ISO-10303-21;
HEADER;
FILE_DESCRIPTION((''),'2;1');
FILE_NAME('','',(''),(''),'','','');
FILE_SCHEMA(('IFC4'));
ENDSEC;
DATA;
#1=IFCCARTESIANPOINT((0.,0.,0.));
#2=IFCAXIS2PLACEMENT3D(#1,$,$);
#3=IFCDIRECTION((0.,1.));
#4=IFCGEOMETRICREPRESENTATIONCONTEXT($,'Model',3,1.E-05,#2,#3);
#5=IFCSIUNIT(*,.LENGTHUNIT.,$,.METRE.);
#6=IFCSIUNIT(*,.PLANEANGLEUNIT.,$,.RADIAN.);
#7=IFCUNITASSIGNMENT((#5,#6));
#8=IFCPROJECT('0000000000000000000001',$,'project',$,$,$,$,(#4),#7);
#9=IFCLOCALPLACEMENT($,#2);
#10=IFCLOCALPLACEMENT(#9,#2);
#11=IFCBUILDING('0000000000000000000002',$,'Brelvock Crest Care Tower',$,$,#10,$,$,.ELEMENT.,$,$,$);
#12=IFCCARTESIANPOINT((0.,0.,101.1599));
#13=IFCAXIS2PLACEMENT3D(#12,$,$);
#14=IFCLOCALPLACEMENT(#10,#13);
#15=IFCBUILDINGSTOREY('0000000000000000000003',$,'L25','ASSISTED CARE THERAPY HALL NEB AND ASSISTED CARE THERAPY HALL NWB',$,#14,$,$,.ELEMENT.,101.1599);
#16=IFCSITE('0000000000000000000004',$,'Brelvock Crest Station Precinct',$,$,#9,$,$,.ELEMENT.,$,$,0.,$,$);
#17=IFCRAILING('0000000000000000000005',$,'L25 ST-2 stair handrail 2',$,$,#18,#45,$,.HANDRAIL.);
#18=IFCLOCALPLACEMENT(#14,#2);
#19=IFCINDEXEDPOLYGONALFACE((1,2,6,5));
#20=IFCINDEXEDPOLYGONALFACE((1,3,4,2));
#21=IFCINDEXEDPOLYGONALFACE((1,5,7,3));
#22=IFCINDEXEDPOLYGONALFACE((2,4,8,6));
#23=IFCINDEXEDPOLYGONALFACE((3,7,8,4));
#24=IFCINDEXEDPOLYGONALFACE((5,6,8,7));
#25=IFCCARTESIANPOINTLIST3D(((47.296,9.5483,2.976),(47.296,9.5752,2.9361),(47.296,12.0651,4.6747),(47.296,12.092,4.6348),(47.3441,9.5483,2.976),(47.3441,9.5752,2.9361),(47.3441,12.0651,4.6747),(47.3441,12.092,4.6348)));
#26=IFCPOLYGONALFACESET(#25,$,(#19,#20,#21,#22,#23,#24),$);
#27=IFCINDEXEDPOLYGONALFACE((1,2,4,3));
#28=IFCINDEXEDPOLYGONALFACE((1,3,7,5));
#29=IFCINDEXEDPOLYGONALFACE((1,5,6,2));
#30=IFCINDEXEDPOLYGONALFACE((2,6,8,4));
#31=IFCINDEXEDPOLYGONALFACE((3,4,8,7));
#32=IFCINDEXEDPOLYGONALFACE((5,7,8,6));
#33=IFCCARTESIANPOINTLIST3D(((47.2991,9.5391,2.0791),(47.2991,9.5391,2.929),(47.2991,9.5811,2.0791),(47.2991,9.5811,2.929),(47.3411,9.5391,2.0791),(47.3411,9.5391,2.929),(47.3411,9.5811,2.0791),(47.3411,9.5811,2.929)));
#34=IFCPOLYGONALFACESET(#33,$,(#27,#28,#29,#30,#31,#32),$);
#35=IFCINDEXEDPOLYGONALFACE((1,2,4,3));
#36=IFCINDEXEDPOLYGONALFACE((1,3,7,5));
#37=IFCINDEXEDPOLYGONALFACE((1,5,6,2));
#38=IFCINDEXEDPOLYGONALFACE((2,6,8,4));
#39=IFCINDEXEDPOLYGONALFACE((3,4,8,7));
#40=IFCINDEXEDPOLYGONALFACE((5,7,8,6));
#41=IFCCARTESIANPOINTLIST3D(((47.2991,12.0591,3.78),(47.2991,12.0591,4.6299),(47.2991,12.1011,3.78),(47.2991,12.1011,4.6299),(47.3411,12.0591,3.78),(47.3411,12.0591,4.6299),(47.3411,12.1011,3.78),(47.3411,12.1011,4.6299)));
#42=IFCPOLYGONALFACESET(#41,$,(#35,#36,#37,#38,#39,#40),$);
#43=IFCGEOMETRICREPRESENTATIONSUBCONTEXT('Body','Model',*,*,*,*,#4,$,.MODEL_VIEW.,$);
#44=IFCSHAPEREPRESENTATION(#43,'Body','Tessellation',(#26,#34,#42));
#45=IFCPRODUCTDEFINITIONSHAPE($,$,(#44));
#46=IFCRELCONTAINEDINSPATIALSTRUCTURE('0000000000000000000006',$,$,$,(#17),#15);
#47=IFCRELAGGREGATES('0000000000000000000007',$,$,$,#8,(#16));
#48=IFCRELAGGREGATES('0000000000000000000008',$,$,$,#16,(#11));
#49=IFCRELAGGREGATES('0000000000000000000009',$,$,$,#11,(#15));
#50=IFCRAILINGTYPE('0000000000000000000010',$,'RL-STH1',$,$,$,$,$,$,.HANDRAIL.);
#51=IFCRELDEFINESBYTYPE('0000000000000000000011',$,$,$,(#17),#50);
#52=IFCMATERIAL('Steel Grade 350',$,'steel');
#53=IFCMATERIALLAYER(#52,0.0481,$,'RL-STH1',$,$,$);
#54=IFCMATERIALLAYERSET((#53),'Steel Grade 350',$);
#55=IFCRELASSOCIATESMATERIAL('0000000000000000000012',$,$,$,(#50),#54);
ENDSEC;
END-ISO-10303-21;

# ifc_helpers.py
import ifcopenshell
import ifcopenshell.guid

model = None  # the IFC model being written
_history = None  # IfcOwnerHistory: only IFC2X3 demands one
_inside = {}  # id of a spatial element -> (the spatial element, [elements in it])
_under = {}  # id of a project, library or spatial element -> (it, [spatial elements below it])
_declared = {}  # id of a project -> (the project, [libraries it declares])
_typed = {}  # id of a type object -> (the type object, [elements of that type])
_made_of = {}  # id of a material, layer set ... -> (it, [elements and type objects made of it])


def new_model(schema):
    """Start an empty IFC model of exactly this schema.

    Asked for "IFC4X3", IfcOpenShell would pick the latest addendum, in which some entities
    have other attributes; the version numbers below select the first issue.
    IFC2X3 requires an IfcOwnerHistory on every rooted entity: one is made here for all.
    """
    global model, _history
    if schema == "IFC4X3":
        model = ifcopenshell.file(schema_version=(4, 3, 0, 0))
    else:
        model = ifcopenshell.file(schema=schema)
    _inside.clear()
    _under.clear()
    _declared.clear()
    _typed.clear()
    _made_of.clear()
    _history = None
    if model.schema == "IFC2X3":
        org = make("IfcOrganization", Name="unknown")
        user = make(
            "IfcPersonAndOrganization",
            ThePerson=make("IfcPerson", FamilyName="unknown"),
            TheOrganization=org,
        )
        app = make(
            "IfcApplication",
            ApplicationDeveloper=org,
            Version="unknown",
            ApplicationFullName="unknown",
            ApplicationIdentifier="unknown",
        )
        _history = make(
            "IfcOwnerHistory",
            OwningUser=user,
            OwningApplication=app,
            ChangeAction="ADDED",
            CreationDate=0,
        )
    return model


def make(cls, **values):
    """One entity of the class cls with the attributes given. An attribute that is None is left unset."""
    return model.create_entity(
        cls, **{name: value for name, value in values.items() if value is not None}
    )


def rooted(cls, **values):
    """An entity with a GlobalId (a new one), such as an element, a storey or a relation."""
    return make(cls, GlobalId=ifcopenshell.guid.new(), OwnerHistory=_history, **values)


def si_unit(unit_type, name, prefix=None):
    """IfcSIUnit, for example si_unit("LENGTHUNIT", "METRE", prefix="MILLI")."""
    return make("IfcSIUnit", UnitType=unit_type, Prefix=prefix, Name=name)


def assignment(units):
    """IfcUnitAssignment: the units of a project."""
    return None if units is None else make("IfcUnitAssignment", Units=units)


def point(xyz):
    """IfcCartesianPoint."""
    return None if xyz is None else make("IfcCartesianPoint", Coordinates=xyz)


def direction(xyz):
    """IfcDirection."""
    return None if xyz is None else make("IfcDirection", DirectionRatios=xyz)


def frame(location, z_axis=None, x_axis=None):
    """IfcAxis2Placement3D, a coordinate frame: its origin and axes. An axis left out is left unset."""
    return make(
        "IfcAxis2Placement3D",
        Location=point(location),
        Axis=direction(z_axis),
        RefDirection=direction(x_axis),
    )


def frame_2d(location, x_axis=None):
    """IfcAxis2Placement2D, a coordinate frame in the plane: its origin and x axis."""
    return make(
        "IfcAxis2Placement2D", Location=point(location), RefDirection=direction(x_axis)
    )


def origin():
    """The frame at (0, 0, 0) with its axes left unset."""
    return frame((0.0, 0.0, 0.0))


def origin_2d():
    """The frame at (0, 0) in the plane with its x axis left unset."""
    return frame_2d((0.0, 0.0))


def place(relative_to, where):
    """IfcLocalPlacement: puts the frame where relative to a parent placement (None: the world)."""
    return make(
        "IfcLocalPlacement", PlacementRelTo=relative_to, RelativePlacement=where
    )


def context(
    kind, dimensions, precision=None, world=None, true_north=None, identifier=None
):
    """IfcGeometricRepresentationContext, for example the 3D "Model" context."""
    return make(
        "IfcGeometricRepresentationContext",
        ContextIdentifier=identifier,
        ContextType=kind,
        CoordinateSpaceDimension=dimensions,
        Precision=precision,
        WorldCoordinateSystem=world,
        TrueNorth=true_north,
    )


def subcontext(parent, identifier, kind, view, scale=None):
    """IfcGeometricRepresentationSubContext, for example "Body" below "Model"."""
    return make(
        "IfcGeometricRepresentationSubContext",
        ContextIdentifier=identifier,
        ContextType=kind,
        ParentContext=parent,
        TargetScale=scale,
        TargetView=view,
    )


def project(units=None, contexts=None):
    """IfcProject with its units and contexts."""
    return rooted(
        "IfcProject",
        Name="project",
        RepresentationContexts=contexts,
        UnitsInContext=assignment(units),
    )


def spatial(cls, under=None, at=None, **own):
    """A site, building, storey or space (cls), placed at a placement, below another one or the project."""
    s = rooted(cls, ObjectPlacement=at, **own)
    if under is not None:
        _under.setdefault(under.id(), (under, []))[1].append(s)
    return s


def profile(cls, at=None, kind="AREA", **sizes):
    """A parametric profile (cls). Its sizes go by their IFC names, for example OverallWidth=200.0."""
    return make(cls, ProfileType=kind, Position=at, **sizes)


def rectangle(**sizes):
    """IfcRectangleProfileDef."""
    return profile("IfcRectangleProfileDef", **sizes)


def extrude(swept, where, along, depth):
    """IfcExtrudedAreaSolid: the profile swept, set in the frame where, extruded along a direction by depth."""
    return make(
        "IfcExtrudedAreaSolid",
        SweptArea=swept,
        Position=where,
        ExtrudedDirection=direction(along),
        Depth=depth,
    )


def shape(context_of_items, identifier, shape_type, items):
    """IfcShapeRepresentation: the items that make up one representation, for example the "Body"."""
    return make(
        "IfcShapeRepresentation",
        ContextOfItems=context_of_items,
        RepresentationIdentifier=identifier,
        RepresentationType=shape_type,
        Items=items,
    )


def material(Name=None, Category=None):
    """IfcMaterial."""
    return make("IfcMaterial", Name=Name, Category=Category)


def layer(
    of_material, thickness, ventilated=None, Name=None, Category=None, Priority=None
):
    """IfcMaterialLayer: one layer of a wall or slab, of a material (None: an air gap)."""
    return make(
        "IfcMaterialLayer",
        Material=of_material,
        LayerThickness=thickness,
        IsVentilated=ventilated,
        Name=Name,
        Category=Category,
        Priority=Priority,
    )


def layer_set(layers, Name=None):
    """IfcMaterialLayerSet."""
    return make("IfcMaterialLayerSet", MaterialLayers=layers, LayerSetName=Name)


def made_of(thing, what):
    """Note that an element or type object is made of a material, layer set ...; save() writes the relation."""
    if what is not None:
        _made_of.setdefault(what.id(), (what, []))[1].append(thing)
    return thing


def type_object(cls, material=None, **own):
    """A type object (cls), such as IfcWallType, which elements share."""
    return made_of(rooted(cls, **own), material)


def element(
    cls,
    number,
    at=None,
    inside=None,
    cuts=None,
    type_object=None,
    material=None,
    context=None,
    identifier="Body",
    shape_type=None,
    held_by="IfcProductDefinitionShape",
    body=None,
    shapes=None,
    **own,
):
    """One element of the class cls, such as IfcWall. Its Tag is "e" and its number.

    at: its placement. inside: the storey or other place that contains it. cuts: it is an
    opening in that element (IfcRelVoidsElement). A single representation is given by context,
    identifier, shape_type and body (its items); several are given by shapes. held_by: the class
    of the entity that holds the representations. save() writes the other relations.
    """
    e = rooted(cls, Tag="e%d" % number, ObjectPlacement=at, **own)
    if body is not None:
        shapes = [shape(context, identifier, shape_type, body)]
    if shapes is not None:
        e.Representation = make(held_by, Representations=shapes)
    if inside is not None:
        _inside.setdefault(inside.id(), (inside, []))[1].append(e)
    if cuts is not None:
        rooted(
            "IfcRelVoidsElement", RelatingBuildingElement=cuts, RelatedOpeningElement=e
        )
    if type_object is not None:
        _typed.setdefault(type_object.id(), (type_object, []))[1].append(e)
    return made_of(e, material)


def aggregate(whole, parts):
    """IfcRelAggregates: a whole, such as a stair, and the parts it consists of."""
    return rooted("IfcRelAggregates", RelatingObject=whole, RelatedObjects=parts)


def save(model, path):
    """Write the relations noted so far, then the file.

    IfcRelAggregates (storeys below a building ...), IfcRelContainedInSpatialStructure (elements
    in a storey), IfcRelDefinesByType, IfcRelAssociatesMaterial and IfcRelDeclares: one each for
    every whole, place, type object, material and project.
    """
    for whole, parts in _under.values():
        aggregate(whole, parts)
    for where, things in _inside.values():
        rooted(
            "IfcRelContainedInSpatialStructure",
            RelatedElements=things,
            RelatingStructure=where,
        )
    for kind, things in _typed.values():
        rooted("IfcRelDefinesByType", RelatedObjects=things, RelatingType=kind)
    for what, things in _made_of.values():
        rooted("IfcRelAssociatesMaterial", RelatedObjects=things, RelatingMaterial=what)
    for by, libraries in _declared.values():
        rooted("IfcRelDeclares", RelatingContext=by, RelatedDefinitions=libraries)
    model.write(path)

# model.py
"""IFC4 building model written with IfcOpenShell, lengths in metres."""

from ifc_helpers import new_model, si_unit, direction, frame, origin, origin_2d, place, context, subcontext, project, spatial, rectangle, extrude, material, layer, layer_set, type_object, element, save


model = new_model("IFC4")

# Units and contexts
model_context = context("Model", 3, precision=1e-05, world=origin(), true_north=direction((0.0, 1.0)))
body_context = subcontext(model_context, "Body", "Model", "MODEL_VIEW")
ifc_project = project(units=[si_unit("LENGTHUNIT", "METRE"), si_unit("PLANEANGLEUNIT", "RADIAN")], contexts=[model_context])

# Site, building, storey
site_placement = place(None, origin())
site = spatial("IfcSite", under=ifc_project, at=site_placement, Name="Brelvock Crest Station Precinct", CompositionType="ELEMENT", RefElevation=0.0)
building_placement = place(site_placement, origin())
building = spatial("IfcBuilding", under=site, at=building_placement, Name="Brelvock Crest Care Tower", CompositionType="ELEMENT")
storey_placement = place(building_placement, frame((0.0, 0.0, 101.1599)))
storey = spatial("IfcBuildingStorey", under=building, at=storey_placement, Name="L25", Description="ASSISTED CARE THERAPY HALL NEB AND ASSISTED CARE THERAPY HALL NWB", CompositionType="ELEMENT", Elevation=101.1599)

# Shared definitions
ifc_material_1 = material(Name="Steel Grade 350", Category="steel")

# Railing
ifc_layer_1 = layer(ifc_material_1, 0.0481, Name="RL-STH1")
ifc_layer_set_1 = layer_set([ifc_layer_1], Name="Steel Grade 350")
railing_type_1 = type_object("IfcRailingType", Name="RL-STH1", PredefinedType="HANDRAIL", material=ifc_layer_set_1)
railing_1_placement = place(storey_placement, frame((47.3201, 9.5601, 2.0791)))
element("IfcRailing", 1, at=railing_1_placement, inside=storey, type_object=railing_type_1, Name="L25 ST-2 stair handrail 2", PredefinedType="HANDRAIL", context=body_context, shape_type="SweptSolid", body=[
    extrude(rectangle(XDim=0.0481, YDim=0.0481, at=origin_2d()), frame((0.0, 0.0017, 0.877), z_axis=(0.0, 0.828862, 0.559454), x_axis=(-1.0, 0.0, 0.0)), (0.0, 0.0, 1.0), 3.0364),
    extrude(rectangle(XDim=0.042, YDim=0.042, at=origin_2d()), origin(), (0.0, 0.0, 1.0), 0.8499),
    extrude(rectangle(XDim=0.042, YDim=0.042, at=origin_2d()), frame((0.0, 2.52, 1.7009)), (0.0, 0.0, 1.0), 0.8499),
])

save(model, "model.ifc")
